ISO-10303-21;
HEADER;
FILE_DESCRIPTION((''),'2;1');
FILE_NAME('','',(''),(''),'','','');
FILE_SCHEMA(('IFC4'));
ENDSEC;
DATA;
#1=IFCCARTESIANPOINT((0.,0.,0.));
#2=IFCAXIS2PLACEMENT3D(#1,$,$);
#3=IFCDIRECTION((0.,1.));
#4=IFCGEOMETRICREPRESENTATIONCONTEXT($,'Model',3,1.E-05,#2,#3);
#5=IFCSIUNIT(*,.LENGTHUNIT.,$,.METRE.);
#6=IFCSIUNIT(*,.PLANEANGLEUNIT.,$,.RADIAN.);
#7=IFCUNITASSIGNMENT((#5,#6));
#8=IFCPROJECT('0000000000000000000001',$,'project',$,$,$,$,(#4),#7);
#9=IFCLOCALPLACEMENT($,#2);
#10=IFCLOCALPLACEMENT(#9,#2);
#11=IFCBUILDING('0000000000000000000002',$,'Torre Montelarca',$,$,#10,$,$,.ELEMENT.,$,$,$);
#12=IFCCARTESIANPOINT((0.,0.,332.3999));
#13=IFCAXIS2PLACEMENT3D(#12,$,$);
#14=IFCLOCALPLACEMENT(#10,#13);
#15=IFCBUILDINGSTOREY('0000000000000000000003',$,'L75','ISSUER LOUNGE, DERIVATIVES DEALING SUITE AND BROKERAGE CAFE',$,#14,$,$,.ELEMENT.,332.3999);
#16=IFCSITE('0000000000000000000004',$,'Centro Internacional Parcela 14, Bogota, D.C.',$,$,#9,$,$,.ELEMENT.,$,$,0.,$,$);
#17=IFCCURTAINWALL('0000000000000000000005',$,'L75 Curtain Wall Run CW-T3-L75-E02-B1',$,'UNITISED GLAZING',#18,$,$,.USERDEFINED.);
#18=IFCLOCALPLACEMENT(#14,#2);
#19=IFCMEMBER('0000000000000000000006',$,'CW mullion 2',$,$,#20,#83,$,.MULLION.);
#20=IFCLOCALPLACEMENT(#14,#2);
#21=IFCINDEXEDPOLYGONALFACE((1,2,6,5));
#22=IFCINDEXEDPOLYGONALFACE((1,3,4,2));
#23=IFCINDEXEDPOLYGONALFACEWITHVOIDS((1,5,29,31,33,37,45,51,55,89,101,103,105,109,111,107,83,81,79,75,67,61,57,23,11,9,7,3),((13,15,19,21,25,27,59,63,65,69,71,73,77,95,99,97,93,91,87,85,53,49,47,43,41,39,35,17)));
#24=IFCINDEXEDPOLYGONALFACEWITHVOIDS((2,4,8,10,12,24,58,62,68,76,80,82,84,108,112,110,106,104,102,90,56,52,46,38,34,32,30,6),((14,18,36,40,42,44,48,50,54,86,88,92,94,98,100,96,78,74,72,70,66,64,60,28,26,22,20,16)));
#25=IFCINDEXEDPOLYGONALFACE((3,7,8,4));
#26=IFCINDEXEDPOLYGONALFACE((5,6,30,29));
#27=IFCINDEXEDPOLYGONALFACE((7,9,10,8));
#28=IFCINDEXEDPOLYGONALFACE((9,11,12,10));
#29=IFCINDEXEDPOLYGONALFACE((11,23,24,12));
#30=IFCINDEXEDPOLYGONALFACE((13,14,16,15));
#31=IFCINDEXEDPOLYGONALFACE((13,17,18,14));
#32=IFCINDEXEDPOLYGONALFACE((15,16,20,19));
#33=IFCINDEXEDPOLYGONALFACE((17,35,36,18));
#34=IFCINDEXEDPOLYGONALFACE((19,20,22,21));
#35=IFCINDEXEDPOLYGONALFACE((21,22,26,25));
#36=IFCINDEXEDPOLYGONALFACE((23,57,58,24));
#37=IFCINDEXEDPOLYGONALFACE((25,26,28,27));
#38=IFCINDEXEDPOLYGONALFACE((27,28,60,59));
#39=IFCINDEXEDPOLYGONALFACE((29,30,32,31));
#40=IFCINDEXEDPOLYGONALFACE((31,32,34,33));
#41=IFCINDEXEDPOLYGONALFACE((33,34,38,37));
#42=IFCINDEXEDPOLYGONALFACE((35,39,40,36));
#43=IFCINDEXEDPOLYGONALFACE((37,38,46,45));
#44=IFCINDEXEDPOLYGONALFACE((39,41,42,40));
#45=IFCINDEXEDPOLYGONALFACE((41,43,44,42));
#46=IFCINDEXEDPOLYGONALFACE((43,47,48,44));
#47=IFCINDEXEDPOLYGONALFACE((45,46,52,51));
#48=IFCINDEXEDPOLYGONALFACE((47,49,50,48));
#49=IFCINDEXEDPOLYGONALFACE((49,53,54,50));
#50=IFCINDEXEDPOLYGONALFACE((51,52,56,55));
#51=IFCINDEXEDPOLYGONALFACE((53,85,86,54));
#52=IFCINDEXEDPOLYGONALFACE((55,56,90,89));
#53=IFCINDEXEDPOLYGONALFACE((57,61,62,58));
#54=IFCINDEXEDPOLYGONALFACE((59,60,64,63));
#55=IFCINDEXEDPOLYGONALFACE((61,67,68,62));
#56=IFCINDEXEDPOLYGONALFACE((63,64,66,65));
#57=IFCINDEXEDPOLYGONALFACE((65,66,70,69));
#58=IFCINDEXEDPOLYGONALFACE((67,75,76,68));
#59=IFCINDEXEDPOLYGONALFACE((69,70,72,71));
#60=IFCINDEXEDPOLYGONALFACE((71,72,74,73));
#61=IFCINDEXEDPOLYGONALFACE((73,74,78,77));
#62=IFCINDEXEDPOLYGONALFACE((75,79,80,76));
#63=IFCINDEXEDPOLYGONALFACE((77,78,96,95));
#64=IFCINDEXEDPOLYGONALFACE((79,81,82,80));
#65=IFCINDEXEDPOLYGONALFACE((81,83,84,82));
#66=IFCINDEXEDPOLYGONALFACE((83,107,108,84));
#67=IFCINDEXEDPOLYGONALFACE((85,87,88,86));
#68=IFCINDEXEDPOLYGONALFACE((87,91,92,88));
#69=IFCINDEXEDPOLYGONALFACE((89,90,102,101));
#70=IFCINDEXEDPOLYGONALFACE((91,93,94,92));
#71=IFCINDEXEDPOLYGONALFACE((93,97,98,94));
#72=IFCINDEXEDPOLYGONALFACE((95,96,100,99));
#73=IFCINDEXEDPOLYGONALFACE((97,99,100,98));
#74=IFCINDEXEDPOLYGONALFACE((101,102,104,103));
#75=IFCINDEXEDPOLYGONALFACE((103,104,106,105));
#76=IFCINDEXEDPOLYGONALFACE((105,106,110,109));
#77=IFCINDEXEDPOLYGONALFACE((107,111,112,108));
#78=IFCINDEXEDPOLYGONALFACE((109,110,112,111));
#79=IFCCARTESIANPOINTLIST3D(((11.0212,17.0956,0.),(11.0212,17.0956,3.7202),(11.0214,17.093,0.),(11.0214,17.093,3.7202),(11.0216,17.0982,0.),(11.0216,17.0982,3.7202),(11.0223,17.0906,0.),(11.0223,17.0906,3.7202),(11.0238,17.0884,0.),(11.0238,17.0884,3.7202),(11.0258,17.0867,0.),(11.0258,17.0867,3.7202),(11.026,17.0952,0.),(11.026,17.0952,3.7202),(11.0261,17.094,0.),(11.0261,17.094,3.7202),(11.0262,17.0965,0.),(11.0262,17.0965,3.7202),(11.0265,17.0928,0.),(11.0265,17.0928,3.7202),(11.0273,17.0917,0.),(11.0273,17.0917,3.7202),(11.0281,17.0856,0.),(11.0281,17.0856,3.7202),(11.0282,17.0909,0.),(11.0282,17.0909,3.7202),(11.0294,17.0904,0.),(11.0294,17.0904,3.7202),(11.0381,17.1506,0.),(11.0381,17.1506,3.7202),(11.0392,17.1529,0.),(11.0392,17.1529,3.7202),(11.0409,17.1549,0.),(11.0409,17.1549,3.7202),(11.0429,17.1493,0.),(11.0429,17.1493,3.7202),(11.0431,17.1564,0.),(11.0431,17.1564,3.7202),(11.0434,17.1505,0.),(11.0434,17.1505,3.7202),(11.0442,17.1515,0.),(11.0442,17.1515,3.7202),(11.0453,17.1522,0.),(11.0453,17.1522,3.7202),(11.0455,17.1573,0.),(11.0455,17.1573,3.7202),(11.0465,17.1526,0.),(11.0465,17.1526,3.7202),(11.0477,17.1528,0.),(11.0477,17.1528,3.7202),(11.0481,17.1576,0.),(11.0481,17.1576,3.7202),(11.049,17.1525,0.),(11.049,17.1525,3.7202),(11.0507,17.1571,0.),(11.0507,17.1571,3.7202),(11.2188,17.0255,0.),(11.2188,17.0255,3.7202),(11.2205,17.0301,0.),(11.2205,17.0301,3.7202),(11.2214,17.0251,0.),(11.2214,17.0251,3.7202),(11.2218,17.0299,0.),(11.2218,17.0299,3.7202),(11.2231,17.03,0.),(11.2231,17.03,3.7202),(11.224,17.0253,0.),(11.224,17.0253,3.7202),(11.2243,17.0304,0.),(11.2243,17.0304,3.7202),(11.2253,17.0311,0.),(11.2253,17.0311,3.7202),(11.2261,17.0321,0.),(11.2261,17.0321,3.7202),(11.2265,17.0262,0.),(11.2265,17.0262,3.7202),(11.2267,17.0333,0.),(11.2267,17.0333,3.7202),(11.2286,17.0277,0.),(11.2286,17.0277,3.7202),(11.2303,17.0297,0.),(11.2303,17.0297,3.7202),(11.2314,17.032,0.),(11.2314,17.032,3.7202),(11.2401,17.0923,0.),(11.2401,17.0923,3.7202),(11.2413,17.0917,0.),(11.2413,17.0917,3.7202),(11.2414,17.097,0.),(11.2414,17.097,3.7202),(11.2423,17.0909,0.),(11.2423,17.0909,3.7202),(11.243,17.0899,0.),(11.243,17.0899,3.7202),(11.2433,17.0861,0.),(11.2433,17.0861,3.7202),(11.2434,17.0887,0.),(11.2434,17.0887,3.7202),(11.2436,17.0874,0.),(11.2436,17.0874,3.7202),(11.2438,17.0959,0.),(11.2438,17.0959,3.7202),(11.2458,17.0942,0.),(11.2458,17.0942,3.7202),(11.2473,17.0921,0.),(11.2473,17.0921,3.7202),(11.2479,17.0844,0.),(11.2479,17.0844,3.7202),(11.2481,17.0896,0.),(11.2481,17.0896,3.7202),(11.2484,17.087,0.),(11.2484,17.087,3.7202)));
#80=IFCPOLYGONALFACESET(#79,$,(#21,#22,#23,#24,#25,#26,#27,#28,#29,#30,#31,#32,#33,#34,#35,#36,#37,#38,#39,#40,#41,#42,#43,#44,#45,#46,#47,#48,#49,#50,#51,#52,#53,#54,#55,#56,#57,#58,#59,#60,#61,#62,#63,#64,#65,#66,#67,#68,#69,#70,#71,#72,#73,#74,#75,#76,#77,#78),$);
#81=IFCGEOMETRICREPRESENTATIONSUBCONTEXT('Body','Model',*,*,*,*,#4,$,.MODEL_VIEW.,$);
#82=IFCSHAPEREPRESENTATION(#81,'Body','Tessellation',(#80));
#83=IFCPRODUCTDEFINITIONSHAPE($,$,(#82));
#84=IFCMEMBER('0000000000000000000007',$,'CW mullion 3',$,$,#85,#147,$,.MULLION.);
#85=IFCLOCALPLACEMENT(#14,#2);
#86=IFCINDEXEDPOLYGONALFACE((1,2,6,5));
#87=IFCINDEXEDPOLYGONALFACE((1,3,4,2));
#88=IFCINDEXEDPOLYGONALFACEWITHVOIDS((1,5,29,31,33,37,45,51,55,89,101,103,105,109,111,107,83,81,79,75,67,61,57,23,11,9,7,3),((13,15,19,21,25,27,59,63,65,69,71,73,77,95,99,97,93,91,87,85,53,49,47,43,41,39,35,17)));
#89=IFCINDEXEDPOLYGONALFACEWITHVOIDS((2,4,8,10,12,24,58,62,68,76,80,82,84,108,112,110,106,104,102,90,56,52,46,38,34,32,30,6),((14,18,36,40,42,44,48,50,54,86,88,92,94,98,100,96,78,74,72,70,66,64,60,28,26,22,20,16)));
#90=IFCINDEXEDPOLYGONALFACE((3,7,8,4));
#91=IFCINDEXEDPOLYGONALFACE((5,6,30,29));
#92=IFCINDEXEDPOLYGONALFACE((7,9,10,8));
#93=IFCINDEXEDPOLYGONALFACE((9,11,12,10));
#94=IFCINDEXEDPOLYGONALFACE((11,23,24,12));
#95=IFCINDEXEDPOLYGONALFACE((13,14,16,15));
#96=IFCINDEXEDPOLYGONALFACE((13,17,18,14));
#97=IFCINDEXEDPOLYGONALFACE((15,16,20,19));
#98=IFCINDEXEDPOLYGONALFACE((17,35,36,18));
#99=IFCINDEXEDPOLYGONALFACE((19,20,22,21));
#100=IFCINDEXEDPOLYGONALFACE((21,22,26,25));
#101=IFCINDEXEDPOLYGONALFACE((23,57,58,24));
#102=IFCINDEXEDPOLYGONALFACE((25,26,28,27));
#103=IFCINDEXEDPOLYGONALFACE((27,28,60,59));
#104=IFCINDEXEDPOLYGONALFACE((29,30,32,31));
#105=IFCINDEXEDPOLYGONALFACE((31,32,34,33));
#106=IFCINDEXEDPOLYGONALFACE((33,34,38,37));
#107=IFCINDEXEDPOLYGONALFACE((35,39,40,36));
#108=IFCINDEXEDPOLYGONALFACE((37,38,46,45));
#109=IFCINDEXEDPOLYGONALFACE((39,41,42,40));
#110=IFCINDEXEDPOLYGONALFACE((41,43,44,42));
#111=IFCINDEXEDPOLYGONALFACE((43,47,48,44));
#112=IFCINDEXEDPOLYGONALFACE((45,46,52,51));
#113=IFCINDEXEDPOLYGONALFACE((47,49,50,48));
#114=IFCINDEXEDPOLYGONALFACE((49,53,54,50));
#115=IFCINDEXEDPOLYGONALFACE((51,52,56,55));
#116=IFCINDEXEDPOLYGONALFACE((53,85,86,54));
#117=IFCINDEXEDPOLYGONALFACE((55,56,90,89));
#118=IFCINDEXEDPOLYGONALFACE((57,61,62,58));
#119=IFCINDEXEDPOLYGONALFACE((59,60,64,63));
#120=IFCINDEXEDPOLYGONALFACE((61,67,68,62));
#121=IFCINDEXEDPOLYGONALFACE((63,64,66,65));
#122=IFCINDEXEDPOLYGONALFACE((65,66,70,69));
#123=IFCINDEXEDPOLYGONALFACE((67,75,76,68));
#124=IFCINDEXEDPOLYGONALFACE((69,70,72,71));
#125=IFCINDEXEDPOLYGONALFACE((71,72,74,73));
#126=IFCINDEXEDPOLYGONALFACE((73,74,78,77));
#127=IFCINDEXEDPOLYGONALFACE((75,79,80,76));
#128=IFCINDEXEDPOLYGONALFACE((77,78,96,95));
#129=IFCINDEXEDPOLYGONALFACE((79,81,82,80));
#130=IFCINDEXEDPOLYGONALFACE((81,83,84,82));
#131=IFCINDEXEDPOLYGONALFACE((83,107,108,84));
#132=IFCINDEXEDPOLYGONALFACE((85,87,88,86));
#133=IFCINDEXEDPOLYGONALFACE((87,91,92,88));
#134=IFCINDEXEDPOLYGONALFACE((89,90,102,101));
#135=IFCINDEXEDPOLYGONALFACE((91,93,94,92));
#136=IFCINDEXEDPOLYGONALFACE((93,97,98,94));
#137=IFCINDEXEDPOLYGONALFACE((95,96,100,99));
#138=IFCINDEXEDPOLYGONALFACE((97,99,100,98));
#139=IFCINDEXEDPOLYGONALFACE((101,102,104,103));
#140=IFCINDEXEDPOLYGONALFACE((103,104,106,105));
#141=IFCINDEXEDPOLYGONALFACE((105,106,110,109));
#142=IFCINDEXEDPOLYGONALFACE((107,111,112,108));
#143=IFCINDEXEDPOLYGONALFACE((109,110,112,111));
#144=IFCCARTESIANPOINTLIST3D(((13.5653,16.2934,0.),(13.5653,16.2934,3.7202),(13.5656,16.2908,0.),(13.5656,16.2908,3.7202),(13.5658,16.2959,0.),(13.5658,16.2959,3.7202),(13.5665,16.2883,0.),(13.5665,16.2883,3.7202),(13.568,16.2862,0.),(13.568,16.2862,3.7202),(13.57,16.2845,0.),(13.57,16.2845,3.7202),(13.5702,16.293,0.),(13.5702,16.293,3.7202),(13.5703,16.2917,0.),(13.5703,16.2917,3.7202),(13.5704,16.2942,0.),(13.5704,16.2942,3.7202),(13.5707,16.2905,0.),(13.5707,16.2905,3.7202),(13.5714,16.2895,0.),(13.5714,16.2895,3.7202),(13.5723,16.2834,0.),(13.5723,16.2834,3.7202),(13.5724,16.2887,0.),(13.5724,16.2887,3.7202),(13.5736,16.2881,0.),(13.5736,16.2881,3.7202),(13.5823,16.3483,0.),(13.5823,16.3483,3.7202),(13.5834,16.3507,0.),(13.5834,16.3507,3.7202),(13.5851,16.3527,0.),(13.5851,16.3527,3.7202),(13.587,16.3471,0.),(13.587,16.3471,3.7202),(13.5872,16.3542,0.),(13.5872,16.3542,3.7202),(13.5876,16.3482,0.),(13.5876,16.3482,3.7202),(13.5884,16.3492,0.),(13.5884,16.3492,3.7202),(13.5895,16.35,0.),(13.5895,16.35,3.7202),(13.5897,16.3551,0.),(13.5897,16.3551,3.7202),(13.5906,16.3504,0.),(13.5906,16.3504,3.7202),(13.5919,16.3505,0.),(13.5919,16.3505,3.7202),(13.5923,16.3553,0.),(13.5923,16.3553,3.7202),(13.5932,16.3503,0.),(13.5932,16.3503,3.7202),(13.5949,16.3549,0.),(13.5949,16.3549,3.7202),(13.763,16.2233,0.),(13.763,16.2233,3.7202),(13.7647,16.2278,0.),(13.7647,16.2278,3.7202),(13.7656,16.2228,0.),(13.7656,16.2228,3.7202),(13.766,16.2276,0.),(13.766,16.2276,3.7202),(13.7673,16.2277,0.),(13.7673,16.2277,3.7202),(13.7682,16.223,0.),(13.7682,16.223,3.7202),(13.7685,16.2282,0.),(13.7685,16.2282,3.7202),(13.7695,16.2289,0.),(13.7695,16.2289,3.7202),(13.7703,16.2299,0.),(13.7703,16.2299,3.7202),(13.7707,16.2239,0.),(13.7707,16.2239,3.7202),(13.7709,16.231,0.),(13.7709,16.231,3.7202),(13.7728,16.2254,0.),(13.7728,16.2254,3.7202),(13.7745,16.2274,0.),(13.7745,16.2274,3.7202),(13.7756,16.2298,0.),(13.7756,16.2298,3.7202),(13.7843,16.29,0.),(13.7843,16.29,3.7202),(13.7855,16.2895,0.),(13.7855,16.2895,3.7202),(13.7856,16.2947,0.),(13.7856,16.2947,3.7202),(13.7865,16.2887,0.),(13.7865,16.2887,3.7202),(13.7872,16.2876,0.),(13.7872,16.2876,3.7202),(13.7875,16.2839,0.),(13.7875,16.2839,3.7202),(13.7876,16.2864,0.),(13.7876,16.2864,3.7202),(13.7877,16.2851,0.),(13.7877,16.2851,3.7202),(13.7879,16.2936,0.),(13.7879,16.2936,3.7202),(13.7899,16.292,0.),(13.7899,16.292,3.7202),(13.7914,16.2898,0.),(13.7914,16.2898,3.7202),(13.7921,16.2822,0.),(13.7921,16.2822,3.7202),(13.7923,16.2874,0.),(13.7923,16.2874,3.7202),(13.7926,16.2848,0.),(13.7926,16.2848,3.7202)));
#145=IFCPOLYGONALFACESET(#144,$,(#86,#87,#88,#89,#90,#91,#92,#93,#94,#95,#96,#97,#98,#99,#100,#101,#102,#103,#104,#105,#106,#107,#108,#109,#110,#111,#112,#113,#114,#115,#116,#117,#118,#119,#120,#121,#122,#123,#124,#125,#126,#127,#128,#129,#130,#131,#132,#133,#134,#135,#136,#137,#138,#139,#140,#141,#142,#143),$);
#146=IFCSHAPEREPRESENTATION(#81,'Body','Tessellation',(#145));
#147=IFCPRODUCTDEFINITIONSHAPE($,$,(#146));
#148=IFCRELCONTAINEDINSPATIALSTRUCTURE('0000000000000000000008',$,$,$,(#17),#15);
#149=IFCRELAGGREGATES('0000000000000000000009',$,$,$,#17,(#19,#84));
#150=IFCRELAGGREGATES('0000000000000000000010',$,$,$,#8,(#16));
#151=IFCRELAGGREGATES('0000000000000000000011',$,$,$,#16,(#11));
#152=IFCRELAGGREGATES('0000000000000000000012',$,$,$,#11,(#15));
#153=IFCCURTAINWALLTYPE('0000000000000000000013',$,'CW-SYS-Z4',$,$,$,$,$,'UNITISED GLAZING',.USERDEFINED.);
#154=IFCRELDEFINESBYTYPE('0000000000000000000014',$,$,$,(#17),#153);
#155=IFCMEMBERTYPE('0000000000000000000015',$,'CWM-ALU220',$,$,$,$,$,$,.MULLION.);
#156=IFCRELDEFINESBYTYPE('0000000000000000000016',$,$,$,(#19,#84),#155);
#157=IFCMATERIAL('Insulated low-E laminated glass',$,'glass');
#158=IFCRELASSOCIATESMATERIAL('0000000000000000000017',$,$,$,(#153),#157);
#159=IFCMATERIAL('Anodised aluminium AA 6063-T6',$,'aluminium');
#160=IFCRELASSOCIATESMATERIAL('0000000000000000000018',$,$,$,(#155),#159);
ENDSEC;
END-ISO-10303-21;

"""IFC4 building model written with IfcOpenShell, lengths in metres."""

from ifc_helpers import new_model, si_unit, direction, frame, origin, origin_2d, place, context, subcontext, project, spatial, hollow_rectangle, extrude, source, transform, mapped, material, material_profile, profile_set, type_object, element, aggregate, save


model = new_model("IFC4")

# Units and contexts
model_context = context("Model", 3, precision=1e-05, world=origin(), true_north=direction((0.0, 1.0)))
body_context = subcontext(model_context, "Body", "Model", "MODEL_VIEW")
ifc_project = project(units=[si_unit("LENGTHUNIT", "METRE"), si_unit("PLANEANGLEUNIT", "RADIAN")], contexts=[model_context])

# Site, building, storey
site_placement = place(None, origin())
site = spatial("IfcSite", under=ifc_project, at=site_placement, Name="Centro Internacional Parcela 14, Bogota, D.C.", CompositionType="ELEMENT", RefElevation=0.0)
building_placement = place(site_placement, origin())
building = spatial("IfcBuilding", under=site, at=building_placement, Name="Torre Montelarca", CompositionType="ELEMENT")
storey_placement = place(building_placement, frame((0.0, 0.0, 332.3999)))
storey = spatial("IfcBuildingStorey", under=building, at=storey_placement, Name="L75", Description="ISSUER LOUNGE, DERIVATIVES DEALING SUITE AND BROKERAGE CAFE", CompositionType="ELEMENT", Elevation=332.3999)

# Curtain wall, members
ifc_material_1 = material(Name="Insulated low-E laminated glass", Category="glass")
curtain_wall_type = type_object("IfcCurtainWallType", Name="CW-SYS-Z4", ElementType="UNITISED GLAZING", PredefinedType="USERDEFINED", material=ifc_material_1)
curtain_wall_1_placement = place(storey_placement, origin())
curtain_wall_1 = element("IfcCurtainWall", 1, at=curtain_wall_1_placement, inside=storey, type_object=curtain_wall_type, Name="L75 Curtain Wall Run CW-T3-L75-E02-B1", ObjectType="UNITISED GLAZING", PredefinedType="USERDEFINED")
ifc_material_2 = material(Name="Anodised aluminium AA 6063-T6", Category="aluminium")
ifc_material_profile_1 = material_profile(ifc_material_2, hollow_rectangle(XDim=0.075, YDim=0.22, WallThickness=0.0049, InnerFilletRadius=0.0049, OuterFilletRadius=0.01, at=origin_2d()), Name="ALU75X220X5", Category="aluminium")
ifc_profile_set_1 = profile_set([ifc_material_profile_1], Name="Anodised aluminium AA 6063-T6")
member_type_1 = type_object("IfcMemberType", Name="CWM-ALU220", PredefinedType="MULLION", material=ifc_profile_set_1)
shared_shape_1 = source(origin(), body_context, "Body", "SweptSolid", [
    extrude(hollow_rectangle(XDim=0.075, YDim=0.22, WallThickness=0.0049, InnerFilletRadius=0.0049, OuterFilletRadius=0.01, at=origin_2d()), origin(), (0.0, 0.0, 1.0), 3.7202),
])
member_1_placement = place(storey_placement, frame((11.1348, 17.0913, 0.0), z_axis=(0.0, 0.0, 1.0), x_axis=(0.300698, 0.953719, 0.0)))
member_1 = element("IfcMember", 2, at=member_1_placement, type_object=member_type_1, Name="CW mullion 2", PredefinedType="MULLION", context=body_context, shape_type="MappedRepresentation", body=[
    mapped(shared_shape_1, transform((0.0, 0.0, 0.0), scale=1.0)),
])
member_2_placement = place(storey_placement, frame((13.679, 16.2891, 0.0), z_axis=(0.0, 0.0, 1.0), x_axis=(0.300698, 0.953719, 0.0)))
member_2 = element("IfcMember", 3, at=member_2_placement, type_object=member_type_1, Name="CW mullion 3", PredefinedType="MULLION", context=body_context, shape_type="MappedRepresentation", body=[
    mapped(shared_shape_1, transform((0.0, 0.0, 0.0), scale=1.0)),
])

aggregate(curtain_wall_1, [member_1, member_2])

save(model, "model.ifc")
